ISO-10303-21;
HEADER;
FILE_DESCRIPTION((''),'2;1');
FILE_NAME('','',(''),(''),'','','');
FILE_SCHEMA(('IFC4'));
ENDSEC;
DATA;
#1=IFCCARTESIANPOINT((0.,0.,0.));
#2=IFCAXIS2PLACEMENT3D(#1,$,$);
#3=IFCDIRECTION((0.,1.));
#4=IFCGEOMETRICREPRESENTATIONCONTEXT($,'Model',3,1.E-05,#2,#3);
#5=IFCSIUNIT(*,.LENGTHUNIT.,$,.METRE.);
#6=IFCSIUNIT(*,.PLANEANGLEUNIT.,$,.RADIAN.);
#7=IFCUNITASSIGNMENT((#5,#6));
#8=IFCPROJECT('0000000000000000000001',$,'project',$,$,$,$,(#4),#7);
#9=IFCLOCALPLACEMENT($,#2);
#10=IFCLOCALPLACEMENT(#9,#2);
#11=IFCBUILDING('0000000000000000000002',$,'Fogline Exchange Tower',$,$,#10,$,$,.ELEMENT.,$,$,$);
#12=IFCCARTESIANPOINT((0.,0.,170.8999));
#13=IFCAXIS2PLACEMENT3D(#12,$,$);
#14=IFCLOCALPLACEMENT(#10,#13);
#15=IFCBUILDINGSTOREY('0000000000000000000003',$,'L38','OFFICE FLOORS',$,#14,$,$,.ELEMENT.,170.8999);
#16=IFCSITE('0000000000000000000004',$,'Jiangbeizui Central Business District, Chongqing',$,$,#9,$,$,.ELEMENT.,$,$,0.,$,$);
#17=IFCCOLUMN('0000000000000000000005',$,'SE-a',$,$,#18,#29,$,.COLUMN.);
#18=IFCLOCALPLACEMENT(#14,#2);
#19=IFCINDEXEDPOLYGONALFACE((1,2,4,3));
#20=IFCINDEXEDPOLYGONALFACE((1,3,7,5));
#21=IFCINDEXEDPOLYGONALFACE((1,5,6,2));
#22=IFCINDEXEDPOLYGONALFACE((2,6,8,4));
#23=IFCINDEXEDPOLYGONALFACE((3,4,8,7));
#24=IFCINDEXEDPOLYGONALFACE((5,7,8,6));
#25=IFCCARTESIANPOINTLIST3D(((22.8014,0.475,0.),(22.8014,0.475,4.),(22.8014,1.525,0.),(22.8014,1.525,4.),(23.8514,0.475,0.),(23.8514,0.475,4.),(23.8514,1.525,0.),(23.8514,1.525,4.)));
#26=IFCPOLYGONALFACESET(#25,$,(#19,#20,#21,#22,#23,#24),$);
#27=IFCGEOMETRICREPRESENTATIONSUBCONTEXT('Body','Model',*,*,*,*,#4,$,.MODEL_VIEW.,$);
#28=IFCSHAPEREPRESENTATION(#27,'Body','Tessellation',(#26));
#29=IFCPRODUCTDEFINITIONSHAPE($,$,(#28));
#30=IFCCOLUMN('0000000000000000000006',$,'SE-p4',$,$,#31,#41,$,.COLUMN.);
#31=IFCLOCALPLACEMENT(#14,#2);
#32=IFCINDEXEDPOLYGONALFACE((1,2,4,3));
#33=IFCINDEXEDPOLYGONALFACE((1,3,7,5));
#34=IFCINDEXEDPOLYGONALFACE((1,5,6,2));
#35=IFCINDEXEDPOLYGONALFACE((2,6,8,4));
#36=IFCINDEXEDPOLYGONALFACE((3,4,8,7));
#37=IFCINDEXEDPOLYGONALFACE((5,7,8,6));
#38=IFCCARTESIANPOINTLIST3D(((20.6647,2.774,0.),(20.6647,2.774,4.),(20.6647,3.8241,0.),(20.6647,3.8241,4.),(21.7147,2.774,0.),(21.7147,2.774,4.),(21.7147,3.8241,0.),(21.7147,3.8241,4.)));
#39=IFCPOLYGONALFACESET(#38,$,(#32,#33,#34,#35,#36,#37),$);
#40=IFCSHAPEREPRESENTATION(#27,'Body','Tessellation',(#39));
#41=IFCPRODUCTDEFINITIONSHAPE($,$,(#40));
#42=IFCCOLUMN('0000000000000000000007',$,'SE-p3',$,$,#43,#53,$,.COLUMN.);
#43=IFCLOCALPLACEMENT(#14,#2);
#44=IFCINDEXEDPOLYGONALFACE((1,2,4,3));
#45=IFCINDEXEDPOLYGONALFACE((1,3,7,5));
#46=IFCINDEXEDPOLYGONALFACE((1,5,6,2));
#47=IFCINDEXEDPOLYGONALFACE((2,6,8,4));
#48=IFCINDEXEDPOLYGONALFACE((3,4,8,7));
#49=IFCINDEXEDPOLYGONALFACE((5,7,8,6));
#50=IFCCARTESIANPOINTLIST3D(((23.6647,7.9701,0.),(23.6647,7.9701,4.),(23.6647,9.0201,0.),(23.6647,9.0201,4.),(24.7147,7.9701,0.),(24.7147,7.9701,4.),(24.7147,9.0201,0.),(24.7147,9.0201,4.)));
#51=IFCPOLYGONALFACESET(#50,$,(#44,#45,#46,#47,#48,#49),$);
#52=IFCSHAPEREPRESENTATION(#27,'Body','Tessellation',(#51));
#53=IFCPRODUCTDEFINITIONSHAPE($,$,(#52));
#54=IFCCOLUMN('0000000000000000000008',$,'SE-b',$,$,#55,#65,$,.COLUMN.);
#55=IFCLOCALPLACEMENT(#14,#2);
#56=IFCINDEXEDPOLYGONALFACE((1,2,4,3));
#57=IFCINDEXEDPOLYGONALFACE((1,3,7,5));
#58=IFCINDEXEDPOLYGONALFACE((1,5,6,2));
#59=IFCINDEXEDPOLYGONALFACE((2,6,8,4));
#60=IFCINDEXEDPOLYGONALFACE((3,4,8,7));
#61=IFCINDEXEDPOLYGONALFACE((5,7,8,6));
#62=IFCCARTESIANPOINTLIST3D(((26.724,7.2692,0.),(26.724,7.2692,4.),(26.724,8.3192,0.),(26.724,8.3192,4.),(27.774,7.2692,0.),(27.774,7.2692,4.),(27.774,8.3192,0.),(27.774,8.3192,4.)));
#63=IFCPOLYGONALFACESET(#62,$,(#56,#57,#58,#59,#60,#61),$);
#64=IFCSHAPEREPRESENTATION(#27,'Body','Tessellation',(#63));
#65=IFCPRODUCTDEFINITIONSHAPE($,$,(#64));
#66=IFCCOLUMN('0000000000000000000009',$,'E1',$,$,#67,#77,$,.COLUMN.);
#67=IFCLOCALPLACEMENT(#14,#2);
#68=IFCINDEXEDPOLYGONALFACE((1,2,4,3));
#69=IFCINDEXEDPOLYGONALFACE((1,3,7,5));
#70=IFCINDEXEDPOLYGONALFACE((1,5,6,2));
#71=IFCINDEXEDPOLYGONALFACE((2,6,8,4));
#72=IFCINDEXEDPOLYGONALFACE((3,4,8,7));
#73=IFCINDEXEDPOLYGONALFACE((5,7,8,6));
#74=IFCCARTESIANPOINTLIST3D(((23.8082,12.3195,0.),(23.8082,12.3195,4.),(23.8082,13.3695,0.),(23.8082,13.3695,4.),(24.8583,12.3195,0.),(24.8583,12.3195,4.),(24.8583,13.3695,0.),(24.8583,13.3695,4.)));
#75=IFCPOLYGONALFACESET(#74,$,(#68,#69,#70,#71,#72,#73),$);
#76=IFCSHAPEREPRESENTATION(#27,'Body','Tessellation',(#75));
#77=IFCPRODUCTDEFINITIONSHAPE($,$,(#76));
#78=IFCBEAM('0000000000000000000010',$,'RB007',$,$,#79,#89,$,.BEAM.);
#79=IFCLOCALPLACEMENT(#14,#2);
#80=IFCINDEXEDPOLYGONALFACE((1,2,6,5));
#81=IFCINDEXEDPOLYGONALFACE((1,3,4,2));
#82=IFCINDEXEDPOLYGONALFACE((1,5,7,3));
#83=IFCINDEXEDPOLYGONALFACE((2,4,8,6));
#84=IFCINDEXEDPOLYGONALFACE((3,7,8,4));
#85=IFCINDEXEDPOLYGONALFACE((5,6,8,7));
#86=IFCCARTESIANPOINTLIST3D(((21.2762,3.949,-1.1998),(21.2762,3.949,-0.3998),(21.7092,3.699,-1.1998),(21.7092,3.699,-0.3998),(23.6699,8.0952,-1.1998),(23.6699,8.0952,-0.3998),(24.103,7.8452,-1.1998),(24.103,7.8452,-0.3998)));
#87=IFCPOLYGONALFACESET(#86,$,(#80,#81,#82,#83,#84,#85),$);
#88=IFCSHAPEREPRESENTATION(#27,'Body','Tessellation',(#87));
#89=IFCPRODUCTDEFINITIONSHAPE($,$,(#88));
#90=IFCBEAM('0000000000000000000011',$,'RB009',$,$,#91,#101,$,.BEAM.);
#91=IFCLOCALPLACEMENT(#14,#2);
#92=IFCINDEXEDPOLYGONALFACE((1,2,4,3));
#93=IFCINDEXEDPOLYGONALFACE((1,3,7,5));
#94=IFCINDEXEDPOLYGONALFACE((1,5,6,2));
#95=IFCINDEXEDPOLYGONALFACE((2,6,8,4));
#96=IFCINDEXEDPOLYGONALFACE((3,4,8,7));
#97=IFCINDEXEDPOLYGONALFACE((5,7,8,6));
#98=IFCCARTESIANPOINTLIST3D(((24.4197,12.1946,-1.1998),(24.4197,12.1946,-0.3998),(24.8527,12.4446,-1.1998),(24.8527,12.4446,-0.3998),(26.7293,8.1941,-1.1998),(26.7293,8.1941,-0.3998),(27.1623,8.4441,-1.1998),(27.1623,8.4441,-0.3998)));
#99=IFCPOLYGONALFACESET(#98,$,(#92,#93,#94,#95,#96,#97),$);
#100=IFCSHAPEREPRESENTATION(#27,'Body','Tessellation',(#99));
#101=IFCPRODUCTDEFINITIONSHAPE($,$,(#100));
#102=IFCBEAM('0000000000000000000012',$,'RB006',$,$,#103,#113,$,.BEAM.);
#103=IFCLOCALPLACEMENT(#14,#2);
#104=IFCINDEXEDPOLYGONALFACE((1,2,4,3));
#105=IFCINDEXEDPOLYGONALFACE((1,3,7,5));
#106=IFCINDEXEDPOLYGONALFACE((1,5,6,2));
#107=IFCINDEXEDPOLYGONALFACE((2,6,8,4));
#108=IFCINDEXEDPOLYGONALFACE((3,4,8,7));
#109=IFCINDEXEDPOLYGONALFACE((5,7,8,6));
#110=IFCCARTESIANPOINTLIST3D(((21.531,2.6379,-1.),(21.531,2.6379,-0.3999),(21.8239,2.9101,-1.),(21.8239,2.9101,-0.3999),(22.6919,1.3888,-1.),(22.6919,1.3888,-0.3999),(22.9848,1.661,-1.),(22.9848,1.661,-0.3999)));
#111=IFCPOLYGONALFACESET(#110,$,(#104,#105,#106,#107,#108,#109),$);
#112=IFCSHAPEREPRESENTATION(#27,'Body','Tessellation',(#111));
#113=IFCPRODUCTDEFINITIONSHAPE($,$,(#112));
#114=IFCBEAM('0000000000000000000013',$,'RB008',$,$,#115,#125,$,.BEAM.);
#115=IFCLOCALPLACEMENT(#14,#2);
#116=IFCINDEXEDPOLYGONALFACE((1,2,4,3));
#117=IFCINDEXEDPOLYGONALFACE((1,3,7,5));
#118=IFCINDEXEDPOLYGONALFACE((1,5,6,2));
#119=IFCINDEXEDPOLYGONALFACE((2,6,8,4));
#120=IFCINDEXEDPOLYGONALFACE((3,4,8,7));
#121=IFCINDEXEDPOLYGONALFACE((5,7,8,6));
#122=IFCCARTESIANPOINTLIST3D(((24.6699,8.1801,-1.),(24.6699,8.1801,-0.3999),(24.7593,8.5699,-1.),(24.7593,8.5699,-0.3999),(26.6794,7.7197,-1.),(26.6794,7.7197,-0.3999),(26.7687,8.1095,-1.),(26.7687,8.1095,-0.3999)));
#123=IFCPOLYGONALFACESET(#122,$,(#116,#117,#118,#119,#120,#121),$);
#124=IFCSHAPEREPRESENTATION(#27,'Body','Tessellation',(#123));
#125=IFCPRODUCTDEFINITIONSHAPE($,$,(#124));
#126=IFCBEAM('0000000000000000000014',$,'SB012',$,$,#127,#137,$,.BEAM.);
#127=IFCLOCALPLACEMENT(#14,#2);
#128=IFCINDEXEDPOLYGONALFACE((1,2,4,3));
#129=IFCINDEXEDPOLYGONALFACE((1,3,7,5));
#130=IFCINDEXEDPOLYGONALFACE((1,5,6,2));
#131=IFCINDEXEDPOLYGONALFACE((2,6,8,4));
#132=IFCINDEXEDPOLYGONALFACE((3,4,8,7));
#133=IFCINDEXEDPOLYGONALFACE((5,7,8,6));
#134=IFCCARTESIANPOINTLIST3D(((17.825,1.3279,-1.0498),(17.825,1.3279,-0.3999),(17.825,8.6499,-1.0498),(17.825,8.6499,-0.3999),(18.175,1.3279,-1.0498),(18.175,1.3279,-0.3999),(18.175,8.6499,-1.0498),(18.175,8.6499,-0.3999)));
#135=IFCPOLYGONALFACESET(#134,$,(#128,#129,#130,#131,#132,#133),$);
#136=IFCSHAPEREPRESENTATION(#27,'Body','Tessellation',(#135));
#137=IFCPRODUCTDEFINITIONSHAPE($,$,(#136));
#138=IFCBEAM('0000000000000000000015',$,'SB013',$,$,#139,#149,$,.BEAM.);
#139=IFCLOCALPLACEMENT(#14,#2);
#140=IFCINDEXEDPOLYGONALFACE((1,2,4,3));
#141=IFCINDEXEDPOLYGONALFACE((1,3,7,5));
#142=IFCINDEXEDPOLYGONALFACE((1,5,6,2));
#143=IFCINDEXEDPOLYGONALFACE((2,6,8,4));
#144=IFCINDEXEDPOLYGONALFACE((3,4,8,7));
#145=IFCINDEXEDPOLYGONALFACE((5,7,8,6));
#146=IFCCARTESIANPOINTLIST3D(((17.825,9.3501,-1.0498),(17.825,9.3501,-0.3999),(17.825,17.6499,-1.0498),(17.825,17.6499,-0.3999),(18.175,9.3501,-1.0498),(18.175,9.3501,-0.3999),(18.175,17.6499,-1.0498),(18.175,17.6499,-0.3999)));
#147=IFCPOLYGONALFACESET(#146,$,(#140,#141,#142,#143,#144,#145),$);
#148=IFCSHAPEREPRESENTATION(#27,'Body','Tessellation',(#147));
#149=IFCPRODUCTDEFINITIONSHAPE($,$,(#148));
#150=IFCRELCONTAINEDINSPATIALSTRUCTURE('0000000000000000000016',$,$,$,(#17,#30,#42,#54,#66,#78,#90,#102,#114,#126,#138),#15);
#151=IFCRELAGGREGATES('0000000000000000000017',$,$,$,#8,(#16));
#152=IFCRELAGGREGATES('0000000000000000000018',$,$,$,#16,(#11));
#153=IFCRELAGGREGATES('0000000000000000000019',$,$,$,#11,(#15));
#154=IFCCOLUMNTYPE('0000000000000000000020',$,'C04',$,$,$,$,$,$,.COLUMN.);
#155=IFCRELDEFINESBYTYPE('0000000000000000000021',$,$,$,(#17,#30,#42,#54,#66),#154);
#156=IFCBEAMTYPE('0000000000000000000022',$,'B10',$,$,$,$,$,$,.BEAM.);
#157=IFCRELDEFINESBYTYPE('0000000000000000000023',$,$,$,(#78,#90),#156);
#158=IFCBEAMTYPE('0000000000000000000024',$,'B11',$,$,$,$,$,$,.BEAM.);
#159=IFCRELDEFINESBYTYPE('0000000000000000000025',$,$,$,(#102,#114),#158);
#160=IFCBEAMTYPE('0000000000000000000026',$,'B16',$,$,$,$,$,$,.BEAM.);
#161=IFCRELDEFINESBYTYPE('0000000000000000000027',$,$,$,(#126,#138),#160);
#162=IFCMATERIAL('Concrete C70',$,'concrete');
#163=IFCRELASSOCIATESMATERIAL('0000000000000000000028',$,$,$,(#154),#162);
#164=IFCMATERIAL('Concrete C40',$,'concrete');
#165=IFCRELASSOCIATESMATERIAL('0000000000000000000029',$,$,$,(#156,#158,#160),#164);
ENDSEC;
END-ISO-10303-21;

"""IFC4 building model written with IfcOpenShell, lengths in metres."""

from ifc_helpers import new_model, si_unit, direction, frame, origin, origin_2d, place, context, subcontext, project, spatial, rectangle, extrude, material, material_profile, profile_set, type_object, element, save


model = new_model("IFC4")

# Units and contexts
model_context = context("Model", 3, precision=1e-05, world=origin(), true_north=direction((0.0, 1.0)))
body_context = subcontext(model_context, "Body", "Model", "MODEL_VIEW")
ifc_project = project(units=[si_unit("LENGTHUNIT", "METRE"), si_unit("PLANEANGLEUNIT", "RADIAN")], contexts=[model_context])

# Site, building, storey
site_placement = place(None, origin())
site = spatial("IfcSite", under=ifc_project, at=site_placement, Name="Jiangbeizui Central Business District, Chongqing", CompositionType="ELEMENT", RefElevation=0.0)
building_placement = place(site_placement, origin())
building = spatial("IfcBuilding", under=site, at=building_placement, Name="Fogline Exchange Tower", CompositionType="ELEMENT")
storey_placement = place(building_placement, frame((0.0, 0.0, 170.8999)))
storey = spatial("IfcBuildingStorey", under=building, at=storey_placement, Name="L38", Description="OFFICE FLOORS", CompositionType="ELEMENT", Elevation=170.8999)

# Columns
ifc_material_1 = material(Name="Concrete C70", Category="concrete")
ifc_material_profile_1 = material_profile(ifc_material_1, rectangle(XDim=1.05, YDim=1.05, at=origin_2d()), Name="RC 1050x1050")
ifc_profile_set_1 = profile_set([ifc_material_profile_1], Name="Concrete C70")
column_type = type_object("IfcColumnType", Name="C04", PredefinedType="COLUMN", material=ifc_profile_set_1)
for number, where, z_axis, x_axis, name in (
    (1, (23.3264, 1.0, 0.0), (0.0, 0.0, 1.0), (1.0, 0.0, 0.0), "SE-a"),
    (2, (21.1897, 3.2991, 0.0), (0.0, 0.0, 1.0), (1.0, 0.0, 0.0), "SE-p4"),
    (3, (24.1897, 8.4951, 0.0), (0.0, 0.0, 1.0), (1.0, 0.0, 0.0), "SE-p3"),
    (4, (27.249, 7.7942, 0.0), (0.0, 0.0, 1.0), (1.0, 0.0, 0.0), "SE-b"),
    (5, (24.3333, 12.8445, 0.0), (0.0, 0.0, 1.0), (1.0, 0.0, 0.0), "E1"),
):
    element("IfcColumn", number, at=place(storey_placement, frame(where, z_axis=z_axis, x_axis=x_axis)), inside=storey, type_object=column_type, Name=name, PredefinedType="COLUMN", context=body_context, shape_type="SweptSolid", body=[
        extrude(rectangle(XDim=1.05, YDim=1.05, at=origin_2d()), origin(), (0.0, 0.0, 1.0), 4.0),
    ])

# Beams
ifc_material_2 = material(Name="Concrete C40", Category="concrete")
ifc_material_profile_2 = material_profile(ifc_material_2, rectangle(XDim=0.5, YDim=0.8, at=origin_2d()), Name="RC 500x800")
ifc_profile_set_2 = profile_set([ifc_material_profile_2], Name="Concrete C40")
beam_type_1 = type_object("IfcBeamType", Name="B10", PredefinedType="BEAM", material=ifc_profile_set_2)
beam_1_placement = place(storey_placement, frame((21.4927, 3.824, -0.7998), z_axis=(0.499995, 0.866028, 0.0), x_axis=(-0.866028, 0.499995, 0.0)))
element("IfcBeam", 6, at=beam_1_placement, inside=storey, type_object=beam_type_1, Name="RB007", PredefinedType="BEAM", context=body_context, shape_type="SweptSolid", body=[
    extrude(rectangle(XDim=0.5, YDim=0.8, at=origin_2d()), origin(), (0.0, 0.0, 1.0), 4.7876),
])
beam_2_placement = place(storey_placement, frame((26.9458, 8.3191, -0.7998), z_axis=(-0.499982, 0.866036, 0.0), x_axis=(-0.866036, -0.499982, 0.0)))
element("IfcBeam", 7, at=beam_2_placement, inside=storey, type_object=beam_type_1, Name="RB009", PredefinedType="BEAM", context=body_context, shape_type="SweptSolid", body=[
    extrude(rectangle(XDim=0.5, YDim=0.8, at=origin_2d()), origin(), (0.0, 0.0, 1.0), 4.6194),
])
ifc_material_profile_3 = material_profile(ifc_material_2, rectangle(XDim=0.3999, YDim=0.6001, at=origin_2d()), Name="RC 400x600")
ifc_profile_set_3 = profile_set([ifc_material_profile_3], Name="Concrete C40")
beam_type_2 = type_object("IfcBeamType", Name="B11", PredefinedType="BEAM", material=ifc_profile_set_3)
beam_3_placement = place(storey_placement, frame((22.8384, 1.5249, -0.7), z_axis=(-0.680792, 0.732477, 0.0), x_axis=(-0.732477, -0.680792, 0.0)))
element("IfcBeam", 8, at=beam_3_placement, inside=storey, type_object=beam_type_2, Name="RB006", PredefinedType="BEAM", context=body_context, shape_type="SweptSolid", body=[
    extrude(rectangle(XDim=0.3999, YDim=0.6001, at=origin_2d()), origin(), (0.0, 0.0, 1.0), 1.7053),
])
beam_4_placement = place(storey_placement, frame((24.7146, 8.375, -0.7), z_axis=(0.974739, -0.223346, 0.0), x_axis=(0.223346, 0.974739, 0.0)))
element("IfcBeam", 9, at=beam_4_placement, inside=storey, type_object=beam_type_2, Name="RB008", PredefinedType="BEAM", context=body_context, shape_type="SweptSolid", body=[
    extrude(rectangle(XDim=0.3999, YDim=0.6001, at=origin_2d()), origin(), (0.0, 0.0, 1.0), 2.0615),
])
ifc_material_profile_4 = material_profile(ifc_material_2, rectangle(XDim=0.3501, YDim=0.6499, at=origin_2d()), Name="RC 350x650")
ifc_profile_set_4 = profile_set([ifc_material_profile_4], Name="Concrete C40")
beam_type_3 = type_object("IfcBeamType", Name="B16", PredefinedType="BEAM", material=ifc_profile_set_4)
beam_5_placement = place(storey_placement, frame((18.0, 1.3279, -0.7249), z_axis=(0.0, 1.0, 0.0), x_axis=(-1.0, 0.0, 0.0)))
element("IfcBeam", 10, at=beam_5_placement, inside=storey, type_object=beam_type_3, Name="SB012", PredefinedType="BEAM", context=body_context, shape_type="SweptSolid", body=[
    extrude(rectangle(XDim=0.3501, YDim=0.6499, at=origin_2d()), origin(), (0.0, 0.0, 1.0), 7.322),
])
beam_6_placement = place(storey_placement, frame((18.0, 9.3501, -0.7249), z_axis=(0.0, 1.0, 0.0), x_axis=(-1.0, 0.0, 0.0)))
element("IfcBeam", 11, at=beam_6_placement, inside=storey, type_object=beam_type_3, Name="SB013", PredefinedType="BEAM", context=body_context, shape_type="SweptSolid", body=[
    extrude(rectangle(XDim=0.3501, YDim=0.6499, at=origin_2d()), origin(), (0.0, 0.0, 1.0), 8.2998),
])

save(model, "model.ifc")
